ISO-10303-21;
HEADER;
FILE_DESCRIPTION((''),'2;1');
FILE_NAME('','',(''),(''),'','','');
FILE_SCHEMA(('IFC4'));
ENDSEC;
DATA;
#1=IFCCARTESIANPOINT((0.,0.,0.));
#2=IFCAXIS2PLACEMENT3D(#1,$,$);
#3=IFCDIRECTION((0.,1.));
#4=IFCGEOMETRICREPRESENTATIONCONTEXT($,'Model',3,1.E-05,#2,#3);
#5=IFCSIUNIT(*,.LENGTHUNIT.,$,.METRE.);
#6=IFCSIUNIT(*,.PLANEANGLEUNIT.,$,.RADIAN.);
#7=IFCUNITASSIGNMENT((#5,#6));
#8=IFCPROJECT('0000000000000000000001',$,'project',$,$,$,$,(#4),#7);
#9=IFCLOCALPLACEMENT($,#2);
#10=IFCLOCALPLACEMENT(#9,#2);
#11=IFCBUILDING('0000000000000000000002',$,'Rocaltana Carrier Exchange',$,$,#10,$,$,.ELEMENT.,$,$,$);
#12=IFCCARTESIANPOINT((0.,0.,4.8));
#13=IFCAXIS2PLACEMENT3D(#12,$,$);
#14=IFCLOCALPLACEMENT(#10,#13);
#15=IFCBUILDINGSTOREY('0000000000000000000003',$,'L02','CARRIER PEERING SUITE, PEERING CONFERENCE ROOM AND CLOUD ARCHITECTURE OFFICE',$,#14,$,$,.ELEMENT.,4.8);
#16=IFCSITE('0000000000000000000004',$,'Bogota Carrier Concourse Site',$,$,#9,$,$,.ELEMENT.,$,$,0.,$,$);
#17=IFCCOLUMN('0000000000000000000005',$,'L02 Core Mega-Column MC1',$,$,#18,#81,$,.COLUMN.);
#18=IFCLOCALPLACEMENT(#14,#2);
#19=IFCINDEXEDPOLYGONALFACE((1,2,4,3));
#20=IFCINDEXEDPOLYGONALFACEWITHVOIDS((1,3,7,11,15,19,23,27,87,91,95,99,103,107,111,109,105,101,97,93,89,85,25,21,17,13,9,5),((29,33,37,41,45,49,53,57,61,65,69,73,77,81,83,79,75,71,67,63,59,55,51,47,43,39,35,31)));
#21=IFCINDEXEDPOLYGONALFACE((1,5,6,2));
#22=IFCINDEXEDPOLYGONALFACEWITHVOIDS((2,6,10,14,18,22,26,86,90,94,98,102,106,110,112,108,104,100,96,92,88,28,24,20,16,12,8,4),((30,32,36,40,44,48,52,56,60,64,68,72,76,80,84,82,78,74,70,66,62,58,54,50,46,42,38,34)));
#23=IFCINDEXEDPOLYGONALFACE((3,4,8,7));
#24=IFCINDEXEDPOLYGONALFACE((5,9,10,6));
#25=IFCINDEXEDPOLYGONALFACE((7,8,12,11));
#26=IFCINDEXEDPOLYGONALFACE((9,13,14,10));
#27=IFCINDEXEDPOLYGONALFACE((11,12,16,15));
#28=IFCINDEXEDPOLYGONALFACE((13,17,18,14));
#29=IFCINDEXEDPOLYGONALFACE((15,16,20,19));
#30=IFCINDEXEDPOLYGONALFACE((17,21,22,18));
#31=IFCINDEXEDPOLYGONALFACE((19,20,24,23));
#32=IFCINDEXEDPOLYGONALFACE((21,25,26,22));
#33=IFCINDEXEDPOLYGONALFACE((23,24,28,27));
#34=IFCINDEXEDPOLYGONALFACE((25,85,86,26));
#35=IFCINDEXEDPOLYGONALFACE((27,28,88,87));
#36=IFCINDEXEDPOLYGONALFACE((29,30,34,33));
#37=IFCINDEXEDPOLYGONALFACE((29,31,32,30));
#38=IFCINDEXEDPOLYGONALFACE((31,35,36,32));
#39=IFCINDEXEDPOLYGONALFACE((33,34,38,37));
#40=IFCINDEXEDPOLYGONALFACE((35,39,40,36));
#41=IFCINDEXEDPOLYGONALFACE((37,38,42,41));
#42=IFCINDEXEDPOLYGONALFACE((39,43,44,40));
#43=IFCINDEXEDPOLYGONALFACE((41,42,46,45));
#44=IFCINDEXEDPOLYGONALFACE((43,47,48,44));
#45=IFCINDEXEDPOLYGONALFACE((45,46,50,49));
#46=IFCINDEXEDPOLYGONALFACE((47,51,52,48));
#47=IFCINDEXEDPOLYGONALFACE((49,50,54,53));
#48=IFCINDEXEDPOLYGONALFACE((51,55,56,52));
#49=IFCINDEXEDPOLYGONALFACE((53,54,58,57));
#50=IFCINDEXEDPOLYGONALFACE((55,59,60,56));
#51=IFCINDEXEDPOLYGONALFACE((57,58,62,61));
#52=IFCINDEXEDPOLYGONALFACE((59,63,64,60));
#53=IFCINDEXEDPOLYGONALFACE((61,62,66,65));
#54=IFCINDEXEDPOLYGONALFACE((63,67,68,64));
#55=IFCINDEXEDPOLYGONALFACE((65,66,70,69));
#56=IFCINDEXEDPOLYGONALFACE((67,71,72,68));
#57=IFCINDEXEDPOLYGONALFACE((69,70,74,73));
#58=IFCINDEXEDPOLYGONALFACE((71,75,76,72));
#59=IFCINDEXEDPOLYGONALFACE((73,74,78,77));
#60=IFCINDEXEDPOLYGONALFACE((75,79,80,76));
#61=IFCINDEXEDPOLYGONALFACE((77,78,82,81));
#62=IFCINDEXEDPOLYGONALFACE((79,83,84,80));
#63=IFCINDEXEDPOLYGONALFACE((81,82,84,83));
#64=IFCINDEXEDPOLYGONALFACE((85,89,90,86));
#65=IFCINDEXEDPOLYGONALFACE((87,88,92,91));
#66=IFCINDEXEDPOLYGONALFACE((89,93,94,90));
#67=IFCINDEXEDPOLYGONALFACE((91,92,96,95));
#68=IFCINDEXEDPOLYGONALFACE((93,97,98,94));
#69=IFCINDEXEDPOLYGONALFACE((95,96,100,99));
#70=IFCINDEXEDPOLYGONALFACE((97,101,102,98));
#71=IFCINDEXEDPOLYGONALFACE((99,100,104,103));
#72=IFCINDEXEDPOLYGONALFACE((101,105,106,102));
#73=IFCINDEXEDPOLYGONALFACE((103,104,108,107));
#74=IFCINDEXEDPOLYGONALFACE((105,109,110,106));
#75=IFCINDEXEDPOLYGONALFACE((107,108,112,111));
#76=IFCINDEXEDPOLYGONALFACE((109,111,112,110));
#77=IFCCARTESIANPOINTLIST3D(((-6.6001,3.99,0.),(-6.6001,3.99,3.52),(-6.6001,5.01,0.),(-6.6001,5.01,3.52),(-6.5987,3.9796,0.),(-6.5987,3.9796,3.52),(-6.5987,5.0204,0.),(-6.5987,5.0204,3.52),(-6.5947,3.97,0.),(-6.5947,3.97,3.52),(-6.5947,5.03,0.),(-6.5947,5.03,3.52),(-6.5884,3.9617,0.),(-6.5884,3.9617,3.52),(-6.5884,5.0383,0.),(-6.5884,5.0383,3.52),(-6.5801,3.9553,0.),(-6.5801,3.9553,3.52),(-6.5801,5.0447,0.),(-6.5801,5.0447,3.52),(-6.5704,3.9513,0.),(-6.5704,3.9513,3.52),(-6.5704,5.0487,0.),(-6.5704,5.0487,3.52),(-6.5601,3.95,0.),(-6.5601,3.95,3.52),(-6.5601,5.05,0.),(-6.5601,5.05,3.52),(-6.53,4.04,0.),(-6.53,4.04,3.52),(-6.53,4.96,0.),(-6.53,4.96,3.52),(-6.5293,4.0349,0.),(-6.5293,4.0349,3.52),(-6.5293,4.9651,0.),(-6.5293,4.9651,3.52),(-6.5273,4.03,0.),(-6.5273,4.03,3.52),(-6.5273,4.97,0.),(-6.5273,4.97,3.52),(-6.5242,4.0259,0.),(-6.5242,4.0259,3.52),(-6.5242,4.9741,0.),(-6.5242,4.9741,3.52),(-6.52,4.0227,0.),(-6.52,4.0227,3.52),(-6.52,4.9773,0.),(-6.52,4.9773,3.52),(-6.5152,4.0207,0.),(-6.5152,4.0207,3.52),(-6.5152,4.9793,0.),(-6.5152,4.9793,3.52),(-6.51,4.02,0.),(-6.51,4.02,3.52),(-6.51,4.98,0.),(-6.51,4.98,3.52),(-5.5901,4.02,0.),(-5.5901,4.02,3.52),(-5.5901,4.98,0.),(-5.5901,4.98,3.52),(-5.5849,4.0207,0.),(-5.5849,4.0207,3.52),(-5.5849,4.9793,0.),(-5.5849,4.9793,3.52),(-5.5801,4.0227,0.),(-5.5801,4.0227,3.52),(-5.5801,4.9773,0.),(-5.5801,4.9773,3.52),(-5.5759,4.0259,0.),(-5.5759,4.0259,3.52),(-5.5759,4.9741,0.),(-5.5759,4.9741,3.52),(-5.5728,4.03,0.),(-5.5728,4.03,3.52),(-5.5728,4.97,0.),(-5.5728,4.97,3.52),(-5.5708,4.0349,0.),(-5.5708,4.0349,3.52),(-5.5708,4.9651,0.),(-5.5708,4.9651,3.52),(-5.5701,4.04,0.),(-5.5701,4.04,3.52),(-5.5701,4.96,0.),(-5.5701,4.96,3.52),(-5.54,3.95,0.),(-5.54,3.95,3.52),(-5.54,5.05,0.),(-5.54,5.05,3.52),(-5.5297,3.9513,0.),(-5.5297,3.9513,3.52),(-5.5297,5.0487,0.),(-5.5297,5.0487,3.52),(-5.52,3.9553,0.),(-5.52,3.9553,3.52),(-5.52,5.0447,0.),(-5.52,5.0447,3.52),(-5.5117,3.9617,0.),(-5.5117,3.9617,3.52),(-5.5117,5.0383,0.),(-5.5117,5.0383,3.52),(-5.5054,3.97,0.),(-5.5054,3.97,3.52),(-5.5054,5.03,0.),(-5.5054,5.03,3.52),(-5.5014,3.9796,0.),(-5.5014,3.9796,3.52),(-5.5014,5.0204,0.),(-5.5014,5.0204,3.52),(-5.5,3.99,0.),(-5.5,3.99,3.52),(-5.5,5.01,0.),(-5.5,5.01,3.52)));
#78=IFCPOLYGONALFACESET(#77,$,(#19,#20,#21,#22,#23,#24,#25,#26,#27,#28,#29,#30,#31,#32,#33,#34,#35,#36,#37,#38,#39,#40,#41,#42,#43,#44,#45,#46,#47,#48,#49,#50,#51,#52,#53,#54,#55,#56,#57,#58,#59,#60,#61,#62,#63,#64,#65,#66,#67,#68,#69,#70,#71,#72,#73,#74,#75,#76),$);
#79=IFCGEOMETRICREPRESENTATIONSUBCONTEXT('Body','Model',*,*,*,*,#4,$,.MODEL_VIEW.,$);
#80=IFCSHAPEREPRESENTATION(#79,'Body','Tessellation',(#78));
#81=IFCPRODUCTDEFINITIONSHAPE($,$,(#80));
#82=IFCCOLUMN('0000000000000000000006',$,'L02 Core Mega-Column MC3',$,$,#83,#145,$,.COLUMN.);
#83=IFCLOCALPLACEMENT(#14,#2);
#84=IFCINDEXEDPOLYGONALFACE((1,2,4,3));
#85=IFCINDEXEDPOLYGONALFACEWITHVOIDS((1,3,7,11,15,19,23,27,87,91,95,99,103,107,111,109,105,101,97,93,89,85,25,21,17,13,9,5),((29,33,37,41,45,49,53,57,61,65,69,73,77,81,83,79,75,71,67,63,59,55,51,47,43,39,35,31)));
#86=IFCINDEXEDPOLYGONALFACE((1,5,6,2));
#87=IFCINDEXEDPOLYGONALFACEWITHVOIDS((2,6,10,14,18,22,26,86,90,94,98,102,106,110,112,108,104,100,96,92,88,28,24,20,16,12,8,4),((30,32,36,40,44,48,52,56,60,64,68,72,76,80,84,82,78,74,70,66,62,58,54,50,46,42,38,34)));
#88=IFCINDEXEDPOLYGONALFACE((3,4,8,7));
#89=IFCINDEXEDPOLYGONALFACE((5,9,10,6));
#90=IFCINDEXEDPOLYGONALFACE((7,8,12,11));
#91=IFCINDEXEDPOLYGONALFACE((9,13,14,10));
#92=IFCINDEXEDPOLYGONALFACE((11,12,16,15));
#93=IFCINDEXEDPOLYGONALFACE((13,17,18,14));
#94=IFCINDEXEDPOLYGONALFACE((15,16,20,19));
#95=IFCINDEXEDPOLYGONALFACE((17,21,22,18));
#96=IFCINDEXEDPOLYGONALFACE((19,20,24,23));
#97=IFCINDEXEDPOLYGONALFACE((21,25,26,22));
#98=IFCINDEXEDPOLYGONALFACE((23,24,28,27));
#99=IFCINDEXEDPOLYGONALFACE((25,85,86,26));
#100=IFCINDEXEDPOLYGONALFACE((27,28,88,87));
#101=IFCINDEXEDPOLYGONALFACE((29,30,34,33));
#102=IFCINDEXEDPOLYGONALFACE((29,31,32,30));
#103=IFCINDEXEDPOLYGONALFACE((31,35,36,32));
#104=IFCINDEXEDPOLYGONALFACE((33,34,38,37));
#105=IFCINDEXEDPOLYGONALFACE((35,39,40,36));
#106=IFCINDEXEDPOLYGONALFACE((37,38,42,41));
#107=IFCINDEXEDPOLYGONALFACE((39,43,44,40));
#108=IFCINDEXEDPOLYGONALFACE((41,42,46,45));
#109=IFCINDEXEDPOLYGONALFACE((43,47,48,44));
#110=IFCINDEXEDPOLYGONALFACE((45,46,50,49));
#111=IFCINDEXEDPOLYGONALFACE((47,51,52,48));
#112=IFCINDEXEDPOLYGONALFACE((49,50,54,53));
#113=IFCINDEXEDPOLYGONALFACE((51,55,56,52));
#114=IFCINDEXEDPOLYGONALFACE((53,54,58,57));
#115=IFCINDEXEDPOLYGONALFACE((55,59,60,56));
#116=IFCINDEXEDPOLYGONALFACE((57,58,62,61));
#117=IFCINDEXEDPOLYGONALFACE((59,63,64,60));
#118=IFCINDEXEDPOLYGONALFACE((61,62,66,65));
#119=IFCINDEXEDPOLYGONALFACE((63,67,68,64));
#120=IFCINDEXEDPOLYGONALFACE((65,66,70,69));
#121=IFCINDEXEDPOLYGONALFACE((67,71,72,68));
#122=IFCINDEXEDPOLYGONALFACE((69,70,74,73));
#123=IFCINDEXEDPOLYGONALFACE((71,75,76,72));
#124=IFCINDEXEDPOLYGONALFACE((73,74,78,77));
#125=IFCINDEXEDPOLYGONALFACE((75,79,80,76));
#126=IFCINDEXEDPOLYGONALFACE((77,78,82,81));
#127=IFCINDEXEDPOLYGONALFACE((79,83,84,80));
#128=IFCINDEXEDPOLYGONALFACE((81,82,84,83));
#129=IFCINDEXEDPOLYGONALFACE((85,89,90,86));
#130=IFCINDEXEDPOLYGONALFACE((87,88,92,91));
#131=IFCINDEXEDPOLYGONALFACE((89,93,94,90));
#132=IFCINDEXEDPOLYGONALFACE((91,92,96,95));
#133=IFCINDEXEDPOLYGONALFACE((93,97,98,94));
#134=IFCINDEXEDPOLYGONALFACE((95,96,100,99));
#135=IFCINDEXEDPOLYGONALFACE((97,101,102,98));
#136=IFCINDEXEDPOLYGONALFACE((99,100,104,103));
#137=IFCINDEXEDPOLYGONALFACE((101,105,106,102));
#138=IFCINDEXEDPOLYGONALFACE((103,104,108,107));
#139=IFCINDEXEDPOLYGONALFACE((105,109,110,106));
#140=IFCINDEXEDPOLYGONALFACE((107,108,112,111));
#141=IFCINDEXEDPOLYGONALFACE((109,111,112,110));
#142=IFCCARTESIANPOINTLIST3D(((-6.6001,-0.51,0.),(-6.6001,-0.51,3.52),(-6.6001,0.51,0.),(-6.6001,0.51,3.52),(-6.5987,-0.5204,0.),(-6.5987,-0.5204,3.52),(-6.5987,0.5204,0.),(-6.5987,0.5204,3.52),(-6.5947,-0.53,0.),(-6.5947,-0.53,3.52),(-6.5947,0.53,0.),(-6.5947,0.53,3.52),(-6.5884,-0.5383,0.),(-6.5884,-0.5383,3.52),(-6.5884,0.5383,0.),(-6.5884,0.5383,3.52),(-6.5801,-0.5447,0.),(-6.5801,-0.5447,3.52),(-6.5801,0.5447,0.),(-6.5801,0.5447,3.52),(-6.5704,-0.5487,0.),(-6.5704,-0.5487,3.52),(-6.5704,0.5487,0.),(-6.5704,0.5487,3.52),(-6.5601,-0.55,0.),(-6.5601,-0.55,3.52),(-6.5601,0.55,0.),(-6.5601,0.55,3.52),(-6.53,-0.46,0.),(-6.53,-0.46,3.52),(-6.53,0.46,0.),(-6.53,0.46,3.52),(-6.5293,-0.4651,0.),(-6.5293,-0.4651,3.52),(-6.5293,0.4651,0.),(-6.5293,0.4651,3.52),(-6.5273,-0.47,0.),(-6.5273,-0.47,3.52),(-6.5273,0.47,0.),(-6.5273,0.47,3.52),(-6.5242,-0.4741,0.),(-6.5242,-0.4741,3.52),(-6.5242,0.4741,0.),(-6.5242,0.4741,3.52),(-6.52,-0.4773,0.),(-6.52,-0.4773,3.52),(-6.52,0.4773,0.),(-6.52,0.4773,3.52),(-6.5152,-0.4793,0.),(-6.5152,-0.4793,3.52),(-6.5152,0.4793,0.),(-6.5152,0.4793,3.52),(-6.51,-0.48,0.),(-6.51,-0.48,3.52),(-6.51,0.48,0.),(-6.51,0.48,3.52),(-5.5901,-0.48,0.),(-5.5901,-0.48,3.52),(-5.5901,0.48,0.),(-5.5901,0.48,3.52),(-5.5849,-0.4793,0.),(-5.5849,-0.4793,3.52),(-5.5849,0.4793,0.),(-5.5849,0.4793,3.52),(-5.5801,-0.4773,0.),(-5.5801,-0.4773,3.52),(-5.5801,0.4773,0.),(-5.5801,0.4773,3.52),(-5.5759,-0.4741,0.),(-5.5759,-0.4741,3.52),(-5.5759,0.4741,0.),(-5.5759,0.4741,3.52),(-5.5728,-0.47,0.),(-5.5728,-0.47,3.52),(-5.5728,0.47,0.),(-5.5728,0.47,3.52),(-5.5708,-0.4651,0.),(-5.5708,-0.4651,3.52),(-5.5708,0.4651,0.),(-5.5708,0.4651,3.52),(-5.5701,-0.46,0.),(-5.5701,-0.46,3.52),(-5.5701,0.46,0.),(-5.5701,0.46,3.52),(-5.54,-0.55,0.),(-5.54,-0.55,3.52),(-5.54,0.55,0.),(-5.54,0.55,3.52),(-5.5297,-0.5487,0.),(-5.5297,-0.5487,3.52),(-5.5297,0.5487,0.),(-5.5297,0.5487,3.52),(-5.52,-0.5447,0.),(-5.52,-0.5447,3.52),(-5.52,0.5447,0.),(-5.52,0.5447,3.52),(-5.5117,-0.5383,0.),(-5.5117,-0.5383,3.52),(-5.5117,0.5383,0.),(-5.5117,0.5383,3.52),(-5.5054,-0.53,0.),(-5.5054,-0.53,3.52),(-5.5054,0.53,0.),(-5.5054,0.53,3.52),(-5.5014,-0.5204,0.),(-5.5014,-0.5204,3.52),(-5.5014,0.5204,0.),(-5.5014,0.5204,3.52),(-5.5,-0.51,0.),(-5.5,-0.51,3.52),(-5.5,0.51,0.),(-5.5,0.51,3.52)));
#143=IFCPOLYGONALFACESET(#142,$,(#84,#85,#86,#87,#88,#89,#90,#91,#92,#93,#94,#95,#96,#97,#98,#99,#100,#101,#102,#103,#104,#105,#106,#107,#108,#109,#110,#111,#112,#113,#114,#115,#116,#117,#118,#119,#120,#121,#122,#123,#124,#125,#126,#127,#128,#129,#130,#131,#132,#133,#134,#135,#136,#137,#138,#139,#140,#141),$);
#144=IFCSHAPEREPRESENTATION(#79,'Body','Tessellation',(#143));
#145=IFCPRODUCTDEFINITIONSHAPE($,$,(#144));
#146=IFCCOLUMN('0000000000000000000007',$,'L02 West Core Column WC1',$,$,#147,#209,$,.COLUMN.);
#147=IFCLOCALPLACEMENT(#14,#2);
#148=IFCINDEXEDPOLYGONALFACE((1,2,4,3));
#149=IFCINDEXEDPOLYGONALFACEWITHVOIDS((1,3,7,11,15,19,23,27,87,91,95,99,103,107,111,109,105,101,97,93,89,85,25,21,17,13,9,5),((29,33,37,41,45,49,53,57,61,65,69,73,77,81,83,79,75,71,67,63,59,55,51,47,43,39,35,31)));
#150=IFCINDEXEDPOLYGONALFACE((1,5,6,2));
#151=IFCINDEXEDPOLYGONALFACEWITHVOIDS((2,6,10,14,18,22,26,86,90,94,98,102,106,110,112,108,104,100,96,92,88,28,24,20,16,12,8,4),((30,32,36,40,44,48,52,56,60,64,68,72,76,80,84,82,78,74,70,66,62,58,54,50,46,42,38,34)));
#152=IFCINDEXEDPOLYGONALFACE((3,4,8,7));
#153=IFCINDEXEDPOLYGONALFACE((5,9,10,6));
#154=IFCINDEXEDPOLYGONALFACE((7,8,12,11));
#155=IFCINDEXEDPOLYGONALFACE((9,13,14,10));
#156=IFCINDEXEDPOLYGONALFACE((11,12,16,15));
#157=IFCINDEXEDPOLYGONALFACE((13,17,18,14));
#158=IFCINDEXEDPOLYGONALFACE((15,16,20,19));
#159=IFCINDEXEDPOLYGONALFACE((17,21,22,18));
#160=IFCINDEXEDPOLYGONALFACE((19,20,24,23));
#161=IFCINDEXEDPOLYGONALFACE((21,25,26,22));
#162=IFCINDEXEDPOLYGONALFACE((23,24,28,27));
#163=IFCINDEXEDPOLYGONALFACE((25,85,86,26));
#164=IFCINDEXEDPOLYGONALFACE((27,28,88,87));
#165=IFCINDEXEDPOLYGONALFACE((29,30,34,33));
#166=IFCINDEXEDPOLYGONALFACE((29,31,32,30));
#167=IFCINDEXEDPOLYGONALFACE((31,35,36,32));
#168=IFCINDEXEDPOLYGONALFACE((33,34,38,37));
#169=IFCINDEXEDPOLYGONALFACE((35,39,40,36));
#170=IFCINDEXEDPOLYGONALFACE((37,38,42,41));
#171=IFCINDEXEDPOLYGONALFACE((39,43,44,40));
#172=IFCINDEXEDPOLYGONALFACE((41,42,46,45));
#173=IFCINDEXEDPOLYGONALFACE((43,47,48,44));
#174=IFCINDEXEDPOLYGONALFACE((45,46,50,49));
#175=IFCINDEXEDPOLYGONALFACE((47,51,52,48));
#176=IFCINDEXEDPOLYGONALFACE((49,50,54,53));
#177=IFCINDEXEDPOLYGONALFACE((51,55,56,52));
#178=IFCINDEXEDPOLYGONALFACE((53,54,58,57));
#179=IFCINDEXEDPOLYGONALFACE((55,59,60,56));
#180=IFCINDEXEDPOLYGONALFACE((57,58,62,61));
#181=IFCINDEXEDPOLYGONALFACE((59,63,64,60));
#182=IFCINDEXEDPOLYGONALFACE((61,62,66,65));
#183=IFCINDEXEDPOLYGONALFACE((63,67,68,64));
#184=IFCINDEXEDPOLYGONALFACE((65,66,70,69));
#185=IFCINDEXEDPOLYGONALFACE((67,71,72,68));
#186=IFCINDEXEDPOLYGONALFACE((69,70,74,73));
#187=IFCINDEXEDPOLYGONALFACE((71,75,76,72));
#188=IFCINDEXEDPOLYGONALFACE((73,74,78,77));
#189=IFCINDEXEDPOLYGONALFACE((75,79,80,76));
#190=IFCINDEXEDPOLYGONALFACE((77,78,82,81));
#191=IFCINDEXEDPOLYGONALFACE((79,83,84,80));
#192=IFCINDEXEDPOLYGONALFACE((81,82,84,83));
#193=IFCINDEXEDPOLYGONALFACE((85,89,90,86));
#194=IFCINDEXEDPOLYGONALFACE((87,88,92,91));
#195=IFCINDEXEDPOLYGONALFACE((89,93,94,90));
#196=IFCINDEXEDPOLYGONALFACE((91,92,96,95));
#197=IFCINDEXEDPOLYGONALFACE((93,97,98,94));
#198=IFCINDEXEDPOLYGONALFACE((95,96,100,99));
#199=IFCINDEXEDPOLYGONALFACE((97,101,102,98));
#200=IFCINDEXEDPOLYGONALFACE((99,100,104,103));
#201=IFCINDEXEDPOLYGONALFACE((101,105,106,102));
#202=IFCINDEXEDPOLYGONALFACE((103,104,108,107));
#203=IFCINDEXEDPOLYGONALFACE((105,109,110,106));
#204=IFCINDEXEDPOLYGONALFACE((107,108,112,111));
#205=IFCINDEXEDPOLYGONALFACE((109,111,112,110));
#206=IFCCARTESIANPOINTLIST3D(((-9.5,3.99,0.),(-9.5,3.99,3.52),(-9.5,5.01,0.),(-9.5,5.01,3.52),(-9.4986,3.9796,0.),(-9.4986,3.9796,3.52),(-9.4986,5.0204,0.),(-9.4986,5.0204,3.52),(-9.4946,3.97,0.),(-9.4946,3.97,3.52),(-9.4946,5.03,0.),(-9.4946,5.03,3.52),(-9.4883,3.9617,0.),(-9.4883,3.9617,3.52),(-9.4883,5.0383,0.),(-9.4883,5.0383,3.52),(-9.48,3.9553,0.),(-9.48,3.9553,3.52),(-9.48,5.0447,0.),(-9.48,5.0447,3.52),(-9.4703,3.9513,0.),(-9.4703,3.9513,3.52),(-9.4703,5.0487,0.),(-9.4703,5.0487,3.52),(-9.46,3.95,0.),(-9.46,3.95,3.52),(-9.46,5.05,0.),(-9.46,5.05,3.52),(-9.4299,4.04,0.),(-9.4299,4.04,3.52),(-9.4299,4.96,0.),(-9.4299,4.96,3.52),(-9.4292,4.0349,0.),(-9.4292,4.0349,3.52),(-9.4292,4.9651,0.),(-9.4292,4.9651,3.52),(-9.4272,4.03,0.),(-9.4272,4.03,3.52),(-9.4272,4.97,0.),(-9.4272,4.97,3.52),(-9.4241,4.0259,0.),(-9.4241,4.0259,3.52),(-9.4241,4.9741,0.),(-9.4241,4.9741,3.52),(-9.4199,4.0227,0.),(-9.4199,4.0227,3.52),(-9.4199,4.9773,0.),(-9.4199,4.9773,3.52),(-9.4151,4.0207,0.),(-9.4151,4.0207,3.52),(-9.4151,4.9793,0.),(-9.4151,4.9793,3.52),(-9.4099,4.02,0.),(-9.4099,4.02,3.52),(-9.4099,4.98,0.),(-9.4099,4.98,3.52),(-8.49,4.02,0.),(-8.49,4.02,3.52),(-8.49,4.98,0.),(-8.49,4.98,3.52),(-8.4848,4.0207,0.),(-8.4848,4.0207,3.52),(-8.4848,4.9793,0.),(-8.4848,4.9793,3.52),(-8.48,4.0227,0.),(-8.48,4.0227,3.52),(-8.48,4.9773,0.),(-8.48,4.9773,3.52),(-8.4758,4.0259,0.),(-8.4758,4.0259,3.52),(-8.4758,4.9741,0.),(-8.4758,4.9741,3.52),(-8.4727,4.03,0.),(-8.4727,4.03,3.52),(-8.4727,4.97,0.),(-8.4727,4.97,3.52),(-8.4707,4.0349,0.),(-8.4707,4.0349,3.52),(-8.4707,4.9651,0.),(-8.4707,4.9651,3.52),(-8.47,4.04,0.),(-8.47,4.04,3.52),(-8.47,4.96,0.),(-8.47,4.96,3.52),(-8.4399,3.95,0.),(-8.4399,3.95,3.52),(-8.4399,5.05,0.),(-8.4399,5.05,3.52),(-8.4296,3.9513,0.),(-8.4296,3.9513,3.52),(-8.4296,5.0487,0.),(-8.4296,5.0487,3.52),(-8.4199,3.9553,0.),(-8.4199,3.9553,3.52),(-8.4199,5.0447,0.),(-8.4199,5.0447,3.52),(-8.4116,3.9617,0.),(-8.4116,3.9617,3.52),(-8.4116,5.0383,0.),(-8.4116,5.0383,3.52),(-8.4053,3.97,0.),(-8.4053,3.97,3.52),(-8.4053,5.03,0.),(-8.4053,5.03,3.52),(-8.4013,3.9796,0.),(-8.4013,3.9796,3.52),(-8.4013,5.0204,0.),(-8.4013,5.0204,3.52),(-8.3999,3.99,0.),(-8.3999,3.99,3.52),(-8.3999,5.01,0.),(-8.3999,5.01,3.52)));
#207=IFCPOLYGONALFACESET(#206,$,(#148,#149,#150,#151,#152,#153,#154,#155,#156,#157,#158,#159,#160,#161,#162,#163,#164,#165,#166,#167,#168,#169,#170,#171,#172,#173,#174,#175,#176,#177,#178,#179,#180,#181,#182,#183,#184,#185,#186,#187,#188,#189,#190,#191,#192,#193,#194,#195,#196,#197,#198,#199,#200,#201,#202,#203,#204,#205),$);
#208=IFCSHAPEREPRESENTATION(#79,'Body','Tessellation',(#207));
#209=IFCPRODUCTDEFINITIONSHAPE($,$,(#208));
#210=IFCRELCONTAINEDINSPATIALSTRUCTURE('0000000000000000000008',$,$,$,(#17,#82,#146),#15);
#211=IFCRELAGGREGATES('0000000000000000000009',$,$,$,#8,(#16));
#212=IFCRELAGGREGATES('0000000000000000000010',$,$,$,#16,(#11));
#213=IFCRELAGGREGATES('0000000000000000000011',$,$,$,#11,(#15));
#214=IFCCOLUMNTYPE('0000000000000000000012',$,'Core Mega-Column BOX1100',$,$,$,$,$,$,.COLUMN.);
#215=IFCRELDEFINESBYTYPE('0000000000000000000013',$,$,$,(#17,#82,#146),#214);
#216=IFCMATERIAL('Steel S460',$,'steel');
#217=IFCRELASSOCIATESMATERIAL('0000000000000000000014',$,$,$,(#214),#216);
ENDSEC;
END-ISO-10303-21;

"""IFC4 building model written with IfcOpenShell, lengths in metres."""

from ifc_helpers import new_model, si_unit, direction, frame, origin, origin_2d, place, context, subcontext, project, spatial, hollow_rectangle, extrude, material, material_profile, profile_set, type_object, element, save


model = new_model("IFC4")

# Units and contexts
model_context = context("Model", 3, precision=1e-05, world=origin(), true_north=direction((0.0, 1.0)))
body_context = subcontext(model_context, "Body", "Model", "MODEL_VIEW")
ifc_project = project(units=[si_unit("LENGTHUNIT", "METRE"), si_unit("PLANEANGLEUNIT", "RADIAN")], contexts=[model_context])

# Site, building, storey
site_placement = place(None, origin())
site = spatial("IfcSite", under=ifc_project, at=site_placement, Name="Bogota Carrier Concourse Site", CompositionType="ELEMENT", RefElevation=0.0)
building_placement = place(site_placement, origin())
building = spatial("IfcBuilding", under=site, at=building_placement, Name="Rocaltana Carrier Exchange", CompositionType="ELEMENT")
storey_placement = place(building_placement, frame((0.0, 0.0, 4.8)))
storey = spatial("IfcBuildingStorey", under=building, at=storey_placement, Name="L02", Description="CARRIER PEERING SUITE, PEERING CONFERENCE ROOM AND CLOUD ARCHITECTURE OFFICE", CompositionType="ELEMENT", Elevation=4.8)

# Columns
ifc_material_1 = material(Name="Steel S460", Category="steel")
ifc_material_profile_1 = material_profile(ifc_material_1, hollow_rectangle(XDim=1.1001, YDim=1.1001, WallThickness=0.0701, InnerFilletRadius=0.02, OuterFilletRadius=0.04, at=origin_2d()), Name="BOX1100X1100X70")
ifc_profile_set_1 = profile_set([ifc_material_profile_1], Name="Steel S460")
column_type_1 = type_object("IfcColumnType", Name="Core Mega-Column BOX1100", PredefinedType="COLUMN", material=ifc_profile_set_1)
for number, where, z_axis, x_axis, name in (
    (1, (-6.05, 4.5, 0.0), (0.0, 0.0, 1.0), (1.0, 0.0, 0.0), "L02 Core Mega-Column MC1"),
    (2, (-6.05, 0.0, 0.0), (0.0, 0.0, 1.0), (1.0, 0.0, 0.0), "L02 Core Mega-Column MC3"),
    (3, (-8.95, 4.5, 0.0), (0.0, 0.0, 1.0), (1.0, 0.0, 0.0), "L02 West Core Column WC1"),
):
    element("IfcColumn", number, at=place(storey_placement, frame(where, z_axis=z_axis, x_axis=x_axis)), inside=storey, type_object=column_type_1, Name=name, PredefinedType="COLUMN", context=body_context, shape_type="SweptSolid", body=[
        extrude(hollow_rectangle(XDim=1.1001, YDim=1.1001, WallThickness=0.0701, InnerFilletRadius=0.02, OuterFilletRadius=0.04, at=origin_2d()), origin(), (0.0, 0.0, 1.0), 3.52),
    ])

save(model, "model.ifc")
